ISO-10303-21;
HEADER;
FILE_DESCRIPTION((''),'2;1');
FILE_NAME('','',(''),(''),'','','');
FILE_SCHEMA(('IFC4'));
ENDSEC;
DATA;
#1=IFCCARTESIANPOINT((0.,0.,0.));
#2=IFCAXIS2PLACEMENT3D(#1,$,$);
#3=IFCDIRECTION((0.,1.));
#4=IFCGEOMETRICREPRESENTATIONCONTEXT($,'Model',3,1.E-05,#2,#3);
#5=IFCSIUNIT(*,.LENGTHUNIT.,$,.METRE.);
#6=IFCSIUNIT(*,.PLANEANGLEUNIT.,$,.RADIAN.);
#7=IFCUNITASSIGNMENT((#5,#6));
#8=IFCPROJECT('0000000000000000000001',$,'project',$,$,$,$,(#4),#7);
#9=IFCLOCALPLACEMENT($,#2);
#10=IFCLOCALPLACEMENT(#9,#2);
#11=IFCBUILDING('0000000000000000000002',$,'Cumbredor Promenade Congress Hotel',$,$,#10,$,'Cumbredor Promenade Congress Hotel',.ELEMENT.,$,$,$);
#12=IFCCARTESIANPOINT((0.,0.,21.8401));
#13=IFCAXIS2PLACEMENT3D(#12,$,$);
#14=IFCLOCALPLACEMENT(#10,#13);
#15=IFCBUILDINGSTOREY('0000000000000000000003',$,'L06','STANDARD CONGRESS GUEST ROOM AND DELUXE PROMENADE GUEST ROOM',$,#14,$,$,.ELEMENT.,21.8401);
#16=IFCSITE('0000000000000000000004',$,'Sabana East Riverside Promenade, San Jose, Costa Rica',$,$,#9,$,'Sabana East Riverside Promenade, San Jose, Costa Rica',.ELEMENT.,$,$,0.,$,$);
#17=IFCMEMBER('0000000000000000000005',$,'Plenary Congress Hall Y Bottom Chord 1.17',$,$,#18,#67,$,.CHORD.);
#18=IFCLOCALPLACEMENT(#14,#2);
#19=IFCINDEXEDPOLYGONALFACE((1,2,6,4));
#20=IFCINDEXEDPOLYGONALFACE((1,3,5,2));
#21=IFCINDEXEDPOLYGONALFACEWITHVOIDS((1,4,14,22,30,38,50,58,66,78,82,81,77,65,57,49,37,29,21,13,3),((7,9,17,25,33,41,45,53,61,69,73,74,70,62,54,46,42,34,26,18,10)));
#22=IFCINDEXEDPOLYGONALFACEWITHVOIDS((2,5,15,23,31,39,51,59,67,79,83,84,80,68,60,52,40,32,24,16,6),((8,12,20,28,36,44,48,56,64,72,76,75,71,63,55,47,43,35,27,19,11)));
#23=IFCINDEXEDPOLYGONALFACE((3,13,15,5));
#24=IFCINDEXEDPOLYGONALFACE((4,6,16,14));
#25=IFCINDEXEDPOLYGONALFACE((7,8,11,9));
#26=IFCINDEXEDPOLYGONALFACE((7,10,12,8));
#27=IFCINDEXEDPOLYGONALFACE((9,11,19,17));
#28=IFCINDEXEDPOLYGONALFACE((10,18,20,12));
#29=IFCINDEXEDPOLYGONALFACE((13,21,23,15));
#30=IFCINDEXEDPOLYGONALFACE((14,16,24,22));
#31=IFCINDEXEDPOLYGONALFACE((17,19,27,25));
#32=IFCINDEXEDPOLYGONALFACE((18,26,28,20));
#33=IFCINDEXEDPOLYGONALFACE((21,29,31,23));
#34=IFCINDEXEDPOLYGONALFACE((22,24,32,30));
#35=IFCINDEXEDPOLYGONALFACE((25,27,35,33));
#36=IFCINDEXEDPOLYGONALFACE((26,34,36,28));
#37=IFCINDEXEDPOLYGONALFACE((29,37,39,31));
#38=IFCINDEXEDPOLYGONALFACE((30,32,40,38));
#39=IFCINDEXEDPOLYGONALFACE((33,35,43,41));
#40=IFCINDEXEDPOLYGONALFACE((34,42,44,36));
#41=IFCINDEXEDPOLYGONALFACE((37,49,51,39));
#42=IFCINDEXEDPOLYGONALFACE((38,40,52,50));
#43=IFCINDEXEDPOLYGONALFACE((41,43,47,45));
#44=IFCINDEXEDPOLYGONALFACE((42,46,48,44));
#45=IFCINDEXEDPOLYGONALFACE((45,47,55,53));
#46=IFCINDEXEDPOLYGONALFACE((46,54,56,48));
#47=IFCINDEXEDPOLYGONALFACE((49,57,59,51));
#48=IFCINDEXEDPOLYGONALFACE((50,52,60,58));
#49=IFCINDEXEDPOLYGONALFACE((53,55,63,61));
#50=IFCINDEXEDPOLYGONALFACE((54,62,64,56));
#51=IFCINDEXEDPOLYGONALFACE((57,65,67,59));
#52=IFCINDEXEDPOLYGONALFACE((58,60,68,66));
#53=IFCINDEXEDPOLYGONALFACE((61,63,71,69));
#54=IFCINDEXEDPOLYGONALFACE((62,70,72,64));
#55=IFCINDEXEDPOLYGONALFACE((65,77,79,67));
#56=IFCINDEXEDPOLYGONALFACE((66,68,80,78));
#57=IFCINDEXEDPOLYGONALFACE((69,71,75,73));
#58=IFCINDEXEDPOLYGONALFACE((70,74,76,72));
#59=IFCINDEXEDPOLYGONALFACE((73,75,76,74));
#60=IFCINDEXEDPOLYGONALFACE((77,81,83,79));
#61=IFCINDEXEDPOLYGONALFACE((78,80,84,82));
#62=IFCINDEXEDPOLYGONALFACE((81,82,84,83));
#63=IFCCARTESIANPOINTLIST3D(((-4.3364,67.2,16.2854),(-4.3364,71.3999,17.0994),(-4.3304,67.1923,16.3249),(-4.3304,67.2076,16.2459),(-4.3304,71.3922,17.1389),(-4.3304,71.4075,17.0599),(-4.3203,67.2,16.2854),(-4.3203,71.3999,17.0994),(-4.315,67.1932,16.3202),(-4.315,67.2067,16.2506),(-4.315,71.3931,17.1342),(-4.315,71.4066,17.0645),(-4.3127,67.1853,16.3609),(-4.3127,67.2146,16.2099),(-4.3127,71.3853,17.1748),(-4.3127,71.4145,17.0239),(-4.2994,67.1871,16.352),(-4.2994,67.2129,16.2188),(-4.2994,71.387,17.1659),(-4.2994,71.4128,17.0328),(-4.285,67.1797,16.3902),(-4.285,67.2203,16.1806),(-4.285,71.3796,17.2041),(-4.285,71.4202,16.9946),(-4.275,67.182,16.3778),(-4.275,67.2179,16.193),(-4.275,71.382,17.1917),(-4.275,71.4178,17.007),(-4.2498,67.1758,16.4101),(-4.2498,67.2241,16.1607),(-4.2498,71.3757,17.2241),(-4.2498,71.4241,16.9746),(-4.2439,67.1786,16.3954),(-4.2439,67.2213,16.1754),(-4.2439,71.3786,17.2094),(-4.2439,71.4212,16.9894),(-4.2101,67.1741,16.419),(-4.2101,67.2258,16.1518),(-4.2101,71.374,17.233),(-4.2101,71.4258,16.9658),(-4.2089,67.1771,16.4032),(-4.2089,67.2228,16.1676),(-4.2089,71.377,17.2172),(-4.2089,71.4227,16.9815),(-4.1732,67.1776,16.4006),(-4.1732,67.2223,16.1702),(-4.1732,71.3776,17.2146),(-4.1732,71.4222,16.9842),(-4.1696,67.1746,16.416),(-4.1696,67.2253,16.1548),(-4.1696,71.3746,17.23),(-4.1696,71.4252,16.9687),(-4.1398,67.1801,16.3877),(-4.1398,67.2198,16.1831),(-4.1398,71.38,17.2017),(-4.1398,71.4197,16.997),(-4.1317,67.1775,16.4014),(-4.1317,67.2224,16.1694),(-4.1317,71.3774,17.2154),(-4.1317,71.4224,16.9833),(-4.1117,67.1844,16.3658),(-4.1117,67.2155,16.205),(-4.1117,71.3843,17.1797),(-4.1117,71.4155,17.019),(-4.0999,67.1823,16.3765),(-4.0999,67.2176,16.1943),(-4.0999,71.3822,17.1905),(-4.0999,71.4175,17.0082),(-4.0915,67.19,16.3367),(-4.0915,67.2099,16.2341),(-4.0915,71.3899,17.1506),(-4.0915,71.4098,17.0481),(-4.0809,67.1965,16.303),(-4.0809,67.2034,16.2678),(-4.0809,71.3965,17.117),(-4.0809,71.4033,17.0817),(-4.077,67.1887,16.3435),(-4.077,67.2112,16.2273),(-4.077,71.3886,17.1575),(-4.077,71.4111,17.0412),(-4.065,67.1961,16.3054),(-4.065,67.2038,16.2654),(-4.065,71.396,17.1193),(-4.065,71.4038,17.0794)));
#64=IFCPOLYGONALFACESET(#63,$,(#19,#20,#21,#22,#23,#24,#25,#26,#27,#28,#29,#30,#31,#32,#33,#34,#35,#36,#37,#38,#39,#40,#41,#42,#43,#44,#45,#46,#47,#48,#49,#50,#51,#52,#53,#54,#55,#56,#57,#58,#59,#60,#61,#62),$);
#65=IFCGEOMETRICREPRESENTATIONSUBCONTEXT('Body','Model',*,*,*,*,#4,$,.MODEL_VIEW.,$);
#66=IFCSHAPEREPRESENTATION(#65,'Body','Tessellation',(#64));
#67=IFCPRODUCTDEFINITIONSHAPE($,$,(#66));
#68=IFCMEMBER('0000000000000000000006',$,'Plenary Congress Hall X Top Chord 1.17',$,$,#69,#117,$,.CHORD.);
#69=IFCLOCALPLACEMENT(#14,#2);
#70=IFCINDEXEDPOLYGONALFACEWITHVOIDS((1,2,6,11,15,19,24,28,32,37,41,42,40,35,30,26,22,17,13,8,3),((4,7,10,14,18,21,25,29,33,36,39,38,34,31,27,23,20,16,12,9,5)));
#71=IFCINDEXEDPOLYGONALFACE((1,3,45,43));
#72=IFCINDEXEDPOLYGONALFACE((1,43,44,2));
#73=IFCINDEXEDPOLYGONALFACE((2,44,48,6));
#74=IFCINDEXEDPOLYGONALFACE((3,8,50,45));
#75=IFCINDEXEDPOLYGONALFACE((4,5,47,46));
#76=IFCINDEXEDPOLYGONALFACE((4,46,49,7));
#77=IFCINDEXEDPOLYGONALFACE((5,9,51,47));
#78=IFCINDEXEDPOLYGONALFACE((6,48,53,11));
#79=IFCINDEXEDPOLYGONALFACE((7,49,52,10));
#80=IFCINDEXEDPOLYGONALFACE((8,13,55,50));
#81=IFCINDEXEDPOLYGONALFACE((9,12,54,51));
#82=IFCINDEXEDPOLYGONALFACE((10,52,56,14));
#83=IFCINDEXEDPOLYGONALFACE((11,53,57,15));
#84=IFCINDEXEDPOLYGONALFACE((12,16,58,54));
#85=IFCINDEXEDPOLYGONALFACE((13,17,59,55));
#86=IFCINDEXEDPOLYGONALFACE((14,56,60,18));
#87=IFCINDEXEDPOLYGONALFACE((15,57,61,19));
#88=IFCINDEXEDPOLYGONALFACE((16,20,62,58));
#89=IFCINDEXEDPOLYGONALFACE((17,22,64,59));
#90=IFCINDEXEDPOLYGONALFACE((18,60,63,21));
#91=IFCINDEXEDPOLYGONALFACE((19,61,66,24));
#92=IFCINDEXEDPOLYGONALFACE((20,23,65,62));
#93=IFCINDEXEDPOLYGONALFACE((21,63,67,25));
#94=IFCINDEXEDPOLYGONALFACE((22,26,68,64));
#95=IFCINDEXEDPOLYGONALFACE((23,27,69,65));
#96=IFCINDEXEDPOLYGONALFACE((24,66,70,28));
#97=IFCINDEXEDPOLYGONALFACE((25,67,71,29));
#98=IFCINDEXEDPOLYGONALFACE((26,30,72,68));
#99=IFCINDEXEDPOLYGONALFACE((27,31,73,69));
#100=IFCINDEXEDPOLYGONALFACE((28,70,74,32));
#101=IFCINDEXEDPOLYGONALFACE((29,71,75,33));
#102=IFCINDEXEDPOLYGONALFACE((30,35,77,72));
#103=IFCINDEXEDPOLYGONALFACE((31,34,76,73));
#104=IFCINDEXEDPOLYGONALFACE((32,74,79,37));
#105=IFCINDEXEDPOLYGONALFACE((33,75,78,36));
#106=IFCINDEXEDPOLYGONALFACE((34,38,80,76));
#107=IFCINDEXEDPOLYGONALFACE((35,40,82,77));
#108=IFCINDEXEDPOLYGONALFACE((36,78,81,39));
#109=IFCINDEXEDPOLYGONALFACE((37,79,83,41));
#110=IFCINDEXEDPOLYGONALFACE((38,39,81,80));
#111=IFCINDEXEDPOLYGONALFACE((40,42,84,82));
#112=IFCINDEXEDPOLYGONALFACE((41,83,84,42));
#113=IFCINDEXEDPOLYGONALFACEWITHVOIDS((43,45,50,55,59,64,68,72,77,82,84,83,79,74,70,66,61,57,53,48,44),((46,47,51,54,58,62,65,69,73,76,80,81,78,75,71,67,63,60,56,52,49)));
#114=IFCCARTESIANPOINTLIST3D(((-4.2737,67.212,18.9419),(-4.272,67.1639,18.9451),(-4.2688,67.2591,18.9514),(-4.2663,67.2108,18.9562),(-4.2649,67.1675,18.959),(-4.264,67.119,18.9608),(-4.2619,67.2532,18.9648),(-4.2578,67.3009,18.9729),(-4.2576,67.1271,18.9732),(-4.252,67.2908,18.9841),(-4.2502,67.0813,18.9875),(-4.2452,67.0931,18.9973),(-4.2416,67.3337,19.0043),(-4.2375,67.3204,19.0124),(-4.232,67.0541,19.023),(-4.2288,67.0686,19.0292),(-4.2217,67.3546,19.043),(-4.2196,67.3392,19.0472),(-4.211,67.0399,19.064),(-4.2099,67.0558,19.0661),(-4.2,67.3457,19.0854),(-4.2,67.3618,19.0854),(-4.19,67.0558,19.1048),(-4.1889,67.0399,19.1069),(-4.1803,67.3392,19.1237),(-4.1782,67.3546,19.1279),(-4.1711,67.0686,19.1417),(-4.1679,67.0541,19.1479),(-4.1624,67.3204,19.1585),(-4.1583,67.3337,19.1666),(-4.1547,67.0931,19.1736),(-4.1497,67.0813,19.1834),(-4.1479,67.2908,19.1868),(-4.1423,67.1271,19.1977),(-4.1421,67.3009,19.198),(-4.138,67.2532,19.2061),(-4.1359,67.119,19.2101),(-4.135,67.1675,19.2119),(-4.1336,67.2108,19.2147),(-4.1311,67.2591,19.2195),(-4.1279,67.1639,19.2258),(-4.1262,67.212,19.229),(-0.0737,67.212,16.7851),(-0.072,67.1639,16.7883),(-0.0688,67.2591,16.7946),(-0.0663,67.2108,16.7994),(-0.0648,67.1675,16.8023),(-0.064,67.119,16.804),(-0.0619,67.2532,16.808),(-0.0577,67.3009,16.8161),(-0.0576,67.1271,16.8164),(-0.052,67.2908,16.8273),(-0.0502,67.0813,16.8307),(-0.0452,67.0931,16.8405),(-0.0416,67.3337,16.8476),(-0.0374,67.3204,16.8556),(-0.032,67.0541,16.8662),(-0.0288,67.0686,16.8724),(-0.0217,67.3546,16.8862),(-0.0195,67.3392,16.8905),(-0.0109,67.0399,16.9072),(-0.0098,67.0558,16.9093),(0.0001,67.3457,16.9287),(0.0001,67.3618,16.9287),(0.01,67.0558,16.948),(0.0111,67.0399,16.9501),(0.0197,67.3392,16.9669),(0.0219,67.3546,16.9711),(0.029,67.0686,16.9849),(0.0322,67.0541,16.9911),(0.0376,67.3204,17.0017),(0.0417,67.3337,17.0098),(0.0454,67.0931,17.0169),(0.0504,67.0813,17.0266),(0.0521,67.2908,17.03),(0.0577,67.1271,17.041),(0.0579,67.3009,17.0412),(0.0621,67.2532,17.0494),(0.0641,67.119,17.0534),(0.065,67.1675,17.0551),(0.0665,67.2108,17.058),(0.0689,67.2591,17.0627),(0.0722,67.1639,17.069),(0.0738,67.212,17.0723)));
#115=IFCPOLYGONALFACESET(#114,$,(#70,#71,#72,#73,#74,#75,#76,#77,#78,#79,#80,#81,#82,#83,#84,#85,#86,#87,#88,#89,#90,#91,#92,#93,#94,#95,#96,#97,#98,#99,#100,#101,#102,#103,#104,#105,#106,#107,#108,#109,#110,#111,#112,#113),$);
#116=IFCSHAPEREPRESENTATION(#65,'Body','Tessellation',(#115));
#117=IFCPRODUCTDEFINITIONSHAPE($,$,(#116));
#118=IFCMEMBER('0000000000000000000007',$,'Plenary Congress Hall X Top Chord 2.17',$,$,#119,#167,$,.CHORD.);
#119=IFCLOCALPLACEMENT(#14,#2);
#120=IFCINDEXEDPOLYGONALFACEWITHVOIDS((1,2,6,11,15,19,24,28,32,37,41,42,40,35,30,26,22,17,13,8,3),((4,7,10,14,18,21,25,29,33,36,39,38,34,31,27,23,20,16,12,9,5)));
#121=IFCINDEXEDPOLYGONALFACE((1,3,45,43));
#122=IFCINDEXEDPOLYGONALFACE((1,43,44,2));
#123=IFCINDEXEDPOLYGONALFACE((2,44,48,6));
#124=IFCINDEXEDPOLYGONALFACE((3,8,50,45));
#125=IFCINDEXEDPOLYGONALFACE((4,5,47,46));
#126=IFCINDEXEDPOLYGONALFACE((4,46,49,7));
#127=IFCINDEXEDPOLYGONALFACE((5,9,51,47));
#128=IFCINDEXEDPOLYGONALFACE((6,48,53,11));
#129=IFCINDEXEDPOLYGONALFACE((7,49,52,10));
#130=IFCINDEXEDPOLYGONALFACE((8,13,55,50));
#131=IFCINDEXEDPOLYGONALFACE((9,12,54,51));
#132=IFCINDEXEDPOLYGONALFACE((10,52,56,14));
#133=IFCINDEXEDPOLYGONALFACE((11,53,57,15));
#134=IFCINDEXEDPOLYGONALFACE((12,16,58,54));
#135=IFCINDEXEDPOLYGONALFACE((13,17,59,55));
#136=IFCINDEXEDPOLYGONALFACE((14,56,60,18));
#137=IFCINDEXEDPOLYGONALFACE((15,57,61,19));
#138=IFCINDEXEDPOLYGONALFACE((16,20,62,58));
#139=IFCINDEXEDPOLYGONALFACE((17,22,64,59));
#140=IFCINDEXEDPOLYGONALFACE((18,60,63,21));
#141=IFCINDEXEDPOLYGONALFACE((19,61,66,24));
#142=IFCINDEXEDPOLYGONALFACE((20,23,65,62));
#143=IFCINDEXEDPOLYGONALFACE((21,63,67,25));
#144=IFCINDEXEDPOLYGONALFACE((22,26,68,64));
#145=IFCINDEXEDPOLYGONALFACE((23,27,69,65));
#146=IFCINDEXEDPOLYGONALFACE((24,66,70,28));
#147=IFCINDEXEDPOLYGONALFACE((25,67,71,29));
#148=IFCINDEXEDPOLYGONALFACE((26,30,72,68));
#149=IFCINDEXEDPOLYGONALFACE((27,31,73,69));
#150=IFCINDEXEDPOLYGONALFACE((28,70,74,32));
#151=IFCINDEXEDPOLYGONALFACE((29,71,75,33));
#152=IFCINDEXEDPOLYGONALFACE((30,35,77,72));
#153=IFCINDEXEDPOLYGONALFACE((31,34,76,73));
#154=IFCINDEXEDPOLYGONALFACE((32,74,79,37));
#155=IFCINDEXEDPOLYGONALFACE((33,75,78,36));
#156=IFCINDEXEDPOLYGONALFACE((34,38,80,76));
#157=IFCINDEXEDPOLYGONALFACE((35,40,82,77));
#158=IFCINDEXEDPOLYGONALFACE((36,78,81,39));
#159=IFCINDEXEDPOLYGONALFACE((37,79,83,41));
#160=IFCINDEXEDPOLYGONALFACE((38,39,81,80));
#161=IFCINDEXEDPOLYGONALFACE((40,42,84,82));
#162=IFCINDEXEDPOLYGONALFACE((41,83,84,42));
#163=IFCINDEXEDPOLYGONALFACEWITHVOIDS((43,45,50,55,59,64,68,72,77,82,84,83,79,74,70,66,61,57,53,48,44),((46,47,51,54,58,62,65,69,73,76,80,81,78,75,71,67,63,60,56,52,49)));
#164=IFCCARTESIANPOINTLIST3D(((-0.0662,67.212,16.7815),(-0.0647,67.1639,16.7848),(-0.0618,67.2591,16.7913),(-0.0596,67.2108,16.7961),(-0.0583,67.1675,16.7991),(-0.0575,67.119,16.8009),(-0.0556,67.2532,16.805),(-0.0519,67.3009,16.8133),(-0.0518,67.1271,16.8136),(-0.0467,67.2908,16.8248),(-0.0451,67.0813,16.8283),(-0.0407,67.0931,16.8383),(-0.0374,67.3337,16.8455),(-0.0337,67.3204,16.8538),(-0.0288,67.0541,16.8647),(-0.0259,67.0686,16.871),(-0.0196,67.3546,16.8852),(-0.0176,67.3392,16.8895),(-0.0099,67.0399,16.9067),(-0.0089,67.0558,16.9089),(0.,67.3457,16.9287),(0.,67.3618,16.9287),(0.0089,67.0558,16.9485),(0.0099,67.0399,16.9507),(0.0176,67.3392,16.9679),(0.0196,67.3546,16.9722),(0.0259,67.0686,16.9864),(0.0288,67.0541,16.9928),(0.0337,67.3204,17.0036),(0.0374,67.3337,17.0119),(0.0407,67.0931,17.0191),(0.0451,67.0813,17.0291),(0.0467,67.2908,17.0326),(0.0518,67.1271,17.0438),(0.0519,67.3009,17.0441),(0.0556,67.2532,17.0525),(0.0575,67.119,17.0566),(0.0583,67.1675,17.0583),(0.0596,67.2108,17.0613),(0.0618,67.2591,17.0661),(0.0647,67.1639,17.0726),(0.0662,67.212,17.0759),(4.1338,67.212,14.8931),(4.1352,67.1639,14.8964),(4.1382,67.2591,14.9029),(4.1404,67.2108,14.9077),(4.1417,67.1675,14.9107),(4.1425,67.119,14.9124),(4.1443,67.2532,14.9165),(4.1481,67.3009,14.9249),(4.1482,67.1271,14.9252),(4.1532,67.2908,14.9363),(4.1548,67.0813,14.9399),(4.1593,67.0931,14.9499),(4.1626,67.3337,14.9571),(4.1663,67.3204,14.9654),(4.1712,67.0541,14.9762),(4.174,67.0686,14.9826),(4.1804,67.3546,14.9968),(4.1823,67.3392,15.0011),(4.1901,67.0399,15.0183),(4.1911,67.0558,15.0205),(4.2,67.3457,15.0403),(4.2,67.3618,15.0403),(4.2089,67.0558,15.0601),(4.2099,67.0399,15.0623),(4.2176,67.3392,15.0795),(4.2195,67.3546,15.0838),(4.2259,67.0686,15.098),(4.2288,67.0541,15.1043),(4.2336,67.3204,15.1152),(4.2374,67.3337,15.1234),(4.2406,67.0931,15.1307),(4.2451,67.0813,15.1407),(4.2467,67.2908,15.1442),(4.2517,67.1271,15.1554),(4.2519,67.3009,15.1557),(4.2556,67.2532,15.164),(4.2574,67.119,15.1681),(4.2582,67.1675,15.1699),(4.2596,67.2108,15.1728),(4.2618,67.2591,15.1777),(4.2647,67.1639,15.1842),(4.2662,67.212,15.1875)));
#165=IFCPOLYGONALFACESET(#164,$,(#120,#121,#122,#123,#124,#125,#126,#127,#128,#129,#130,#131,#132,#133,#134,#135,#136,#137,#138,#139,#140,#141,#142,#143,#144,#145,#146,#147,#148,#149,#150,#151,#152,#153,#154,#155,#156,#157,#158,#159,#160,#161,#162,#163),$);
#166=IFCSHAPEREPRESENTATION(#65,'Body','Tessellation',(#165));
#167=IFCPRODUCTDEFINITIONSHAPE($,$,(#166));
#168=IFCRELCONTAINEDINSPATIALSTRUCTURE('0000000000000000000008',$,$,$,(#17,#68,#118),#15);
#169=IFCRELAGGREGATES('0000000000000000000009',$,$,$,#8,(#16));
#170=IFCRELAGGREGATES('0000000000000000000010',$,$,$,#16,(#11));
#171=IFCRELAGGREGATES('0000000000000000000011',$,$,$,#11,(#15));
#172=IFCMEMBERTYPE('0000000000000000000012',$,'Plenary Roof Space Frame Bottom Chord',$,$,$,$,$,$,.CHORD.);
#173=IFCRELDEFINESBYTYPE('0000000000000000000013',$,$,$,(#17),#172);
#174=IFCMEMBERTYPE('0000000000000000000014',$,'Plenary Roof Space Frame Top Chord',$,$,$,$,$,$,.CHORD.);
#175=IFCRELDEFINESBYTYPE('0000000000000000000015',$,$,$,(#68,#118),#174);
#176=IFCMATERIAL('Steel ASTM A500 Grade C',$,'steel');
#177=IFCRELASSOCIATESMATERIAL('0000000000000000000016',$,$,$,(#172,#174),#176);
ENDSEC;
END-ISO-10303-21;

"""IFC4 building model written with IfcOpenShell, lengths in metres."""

from ifc_helpers import new_model, si_unit, direction, frame, origin, origin_2d, place, context, subcontext, project, spatial, hollow_circle, extrude, material, material_profile, profile_set, type_object, element, save


model = new_model("IFC4")

# Units and contexts
model_context = context("Model", 3, precision=1e-05, world=origin(), true_north=direction((0.0, 1.0)))
body_context = subcontext(model_context, "Body", "Model", "MODEL_VIEW")
ifc_project = project(units=[si_unit("LENGTHUNIT", "METRE"), si_unit("PLANEANGLEUNIT", "RADIAN")], contexts=[model_context])

# Site, building, storey
site_placement = place(None, origin())
site = spatial("IfcSite", under=ifc_project, at=site_placement, Name="Sabana East Riverside Promenade, San Jose, Costa Rica", LongName="Sabana East Riverside Promenade, San Jose, Costa Rica", CompositionType="ELEMENT", RefElevation=0.0)
building_placement = place(site_placement, origin())
building = spatial("IfcBuilding", under=site, at=building_placement, Name="Cumbredor Promenade Congress Hotel", LongName="Cumbredor Promenade Congress Hotel", CompositionType="ELEMENT")
storey_placement = place(building_placement, frame((0.0, 0.0, 21.8401)))
storey = spatial("IfcBuildingStorey", under=building, at=storey_placement, Name="L06", Description="STANDARD CONGRESS GUEST ROOM AND DELUXE PROMENADE GUEST ROOM", CompositionType="ELEMENT", Elevation=21.8401)

# Members
ifc_material_1 = material(Name="Steel ASTM A500 Grade C", Category="steel")
ifc_material_profile_1 = material_profile(ifc_material_1, hollow_circle(Radius=0.1365, WallThickness=0.0161, at=origin_2d()), Name="CHS 273.0x16")
ifc_profile_set_1 = profile_set([ifc_material_profile_1], Name="Steel ASTM A500 Grade C")
member_type_1 = type_object("IfcMemberType", Name="Plenary Roof Space Frame Bottom Chord", PredefinedType="CHORD", material=ifc_profile_set_1)
member_1_placement = place(storey_placement, frame((-4.2, 67.2, 16.2854), z_axis=(0.0, 0.981733, 0.190263), x_axis=(-1.0, 0.0, 0.0)))
element("IfcMember", 1, at=member_1_placement, inside=storey, type_object=member_type_1, Name="Plenary Congress Hall Y Bottom Chord 1.17", PredefinedType="CHORD", context=body_context, shape_type="SweptSolid", body=[
    extrude(hollow_circle(Radius=0.1365, WallThickness=0.0161, at=origin_2d()), origin(), (0.0, 0.0, 1.0), 4.2781),
])
ifc_material_profile_2 = material_profile(ifc_material_1, hollow_circle(Radius=0.1619, WallThickness=0.0161, at=origin_2d()), Name="CHS 323.9x16")
ifc_profile_set_2 = profile_set([ifc_material_profile_2], Name="Steel ASTM A500 Grade C")
member_type_2 = type_object("IfcMemberType", Name="Plenary Roof Space Frame Top Chord", PredefinedType="CHORD", material=ifc_profile_set_2)
member_2_placement = place(storey_placement, frame((-4.2, 67.2, 19.0854), z_axis=(0.889566, 0.0, -0.456806), x_axis=(0.0, 1.0, 0.0)))
element("IfcMember", 2, at=member_2_placement, inside=storey, type_object=member_type_2, Name="Plenary Congress Hall X Top Chord 1.17", PredefinedType="CHORD", context=body_context, shape_type="SweptSolid", body=[
    extrude(hollow_circle(Radius=0.1619, WallThickness=0.0161, at=origin_2d()), origin(), (0.0, 0.0, 1.0), 4.7214),
])
member_3_placement = place(storey_placement, frame((0.0, 67.2, 16.9287), z_axis=(0.912047, 0.0, -0.410085), x_axis=(0.0, 1.0, 0.0)))
element("IfcMember", 3, at=member_3_placement, inside=storey, type_object=member_type_2, Name="Plenary Congress Hall X Top Chord 2.17", PredefinedType="CHORD", context=body_context, shape_type="SweptSolid", body=[
    extrude(hollow_circle(Radius=0.1619, WallThickness=0.0161, at=origin_2d()), origin(), (0.0, 0.0, 1.0), 4.605),
])

save(model, "model.ifc")
